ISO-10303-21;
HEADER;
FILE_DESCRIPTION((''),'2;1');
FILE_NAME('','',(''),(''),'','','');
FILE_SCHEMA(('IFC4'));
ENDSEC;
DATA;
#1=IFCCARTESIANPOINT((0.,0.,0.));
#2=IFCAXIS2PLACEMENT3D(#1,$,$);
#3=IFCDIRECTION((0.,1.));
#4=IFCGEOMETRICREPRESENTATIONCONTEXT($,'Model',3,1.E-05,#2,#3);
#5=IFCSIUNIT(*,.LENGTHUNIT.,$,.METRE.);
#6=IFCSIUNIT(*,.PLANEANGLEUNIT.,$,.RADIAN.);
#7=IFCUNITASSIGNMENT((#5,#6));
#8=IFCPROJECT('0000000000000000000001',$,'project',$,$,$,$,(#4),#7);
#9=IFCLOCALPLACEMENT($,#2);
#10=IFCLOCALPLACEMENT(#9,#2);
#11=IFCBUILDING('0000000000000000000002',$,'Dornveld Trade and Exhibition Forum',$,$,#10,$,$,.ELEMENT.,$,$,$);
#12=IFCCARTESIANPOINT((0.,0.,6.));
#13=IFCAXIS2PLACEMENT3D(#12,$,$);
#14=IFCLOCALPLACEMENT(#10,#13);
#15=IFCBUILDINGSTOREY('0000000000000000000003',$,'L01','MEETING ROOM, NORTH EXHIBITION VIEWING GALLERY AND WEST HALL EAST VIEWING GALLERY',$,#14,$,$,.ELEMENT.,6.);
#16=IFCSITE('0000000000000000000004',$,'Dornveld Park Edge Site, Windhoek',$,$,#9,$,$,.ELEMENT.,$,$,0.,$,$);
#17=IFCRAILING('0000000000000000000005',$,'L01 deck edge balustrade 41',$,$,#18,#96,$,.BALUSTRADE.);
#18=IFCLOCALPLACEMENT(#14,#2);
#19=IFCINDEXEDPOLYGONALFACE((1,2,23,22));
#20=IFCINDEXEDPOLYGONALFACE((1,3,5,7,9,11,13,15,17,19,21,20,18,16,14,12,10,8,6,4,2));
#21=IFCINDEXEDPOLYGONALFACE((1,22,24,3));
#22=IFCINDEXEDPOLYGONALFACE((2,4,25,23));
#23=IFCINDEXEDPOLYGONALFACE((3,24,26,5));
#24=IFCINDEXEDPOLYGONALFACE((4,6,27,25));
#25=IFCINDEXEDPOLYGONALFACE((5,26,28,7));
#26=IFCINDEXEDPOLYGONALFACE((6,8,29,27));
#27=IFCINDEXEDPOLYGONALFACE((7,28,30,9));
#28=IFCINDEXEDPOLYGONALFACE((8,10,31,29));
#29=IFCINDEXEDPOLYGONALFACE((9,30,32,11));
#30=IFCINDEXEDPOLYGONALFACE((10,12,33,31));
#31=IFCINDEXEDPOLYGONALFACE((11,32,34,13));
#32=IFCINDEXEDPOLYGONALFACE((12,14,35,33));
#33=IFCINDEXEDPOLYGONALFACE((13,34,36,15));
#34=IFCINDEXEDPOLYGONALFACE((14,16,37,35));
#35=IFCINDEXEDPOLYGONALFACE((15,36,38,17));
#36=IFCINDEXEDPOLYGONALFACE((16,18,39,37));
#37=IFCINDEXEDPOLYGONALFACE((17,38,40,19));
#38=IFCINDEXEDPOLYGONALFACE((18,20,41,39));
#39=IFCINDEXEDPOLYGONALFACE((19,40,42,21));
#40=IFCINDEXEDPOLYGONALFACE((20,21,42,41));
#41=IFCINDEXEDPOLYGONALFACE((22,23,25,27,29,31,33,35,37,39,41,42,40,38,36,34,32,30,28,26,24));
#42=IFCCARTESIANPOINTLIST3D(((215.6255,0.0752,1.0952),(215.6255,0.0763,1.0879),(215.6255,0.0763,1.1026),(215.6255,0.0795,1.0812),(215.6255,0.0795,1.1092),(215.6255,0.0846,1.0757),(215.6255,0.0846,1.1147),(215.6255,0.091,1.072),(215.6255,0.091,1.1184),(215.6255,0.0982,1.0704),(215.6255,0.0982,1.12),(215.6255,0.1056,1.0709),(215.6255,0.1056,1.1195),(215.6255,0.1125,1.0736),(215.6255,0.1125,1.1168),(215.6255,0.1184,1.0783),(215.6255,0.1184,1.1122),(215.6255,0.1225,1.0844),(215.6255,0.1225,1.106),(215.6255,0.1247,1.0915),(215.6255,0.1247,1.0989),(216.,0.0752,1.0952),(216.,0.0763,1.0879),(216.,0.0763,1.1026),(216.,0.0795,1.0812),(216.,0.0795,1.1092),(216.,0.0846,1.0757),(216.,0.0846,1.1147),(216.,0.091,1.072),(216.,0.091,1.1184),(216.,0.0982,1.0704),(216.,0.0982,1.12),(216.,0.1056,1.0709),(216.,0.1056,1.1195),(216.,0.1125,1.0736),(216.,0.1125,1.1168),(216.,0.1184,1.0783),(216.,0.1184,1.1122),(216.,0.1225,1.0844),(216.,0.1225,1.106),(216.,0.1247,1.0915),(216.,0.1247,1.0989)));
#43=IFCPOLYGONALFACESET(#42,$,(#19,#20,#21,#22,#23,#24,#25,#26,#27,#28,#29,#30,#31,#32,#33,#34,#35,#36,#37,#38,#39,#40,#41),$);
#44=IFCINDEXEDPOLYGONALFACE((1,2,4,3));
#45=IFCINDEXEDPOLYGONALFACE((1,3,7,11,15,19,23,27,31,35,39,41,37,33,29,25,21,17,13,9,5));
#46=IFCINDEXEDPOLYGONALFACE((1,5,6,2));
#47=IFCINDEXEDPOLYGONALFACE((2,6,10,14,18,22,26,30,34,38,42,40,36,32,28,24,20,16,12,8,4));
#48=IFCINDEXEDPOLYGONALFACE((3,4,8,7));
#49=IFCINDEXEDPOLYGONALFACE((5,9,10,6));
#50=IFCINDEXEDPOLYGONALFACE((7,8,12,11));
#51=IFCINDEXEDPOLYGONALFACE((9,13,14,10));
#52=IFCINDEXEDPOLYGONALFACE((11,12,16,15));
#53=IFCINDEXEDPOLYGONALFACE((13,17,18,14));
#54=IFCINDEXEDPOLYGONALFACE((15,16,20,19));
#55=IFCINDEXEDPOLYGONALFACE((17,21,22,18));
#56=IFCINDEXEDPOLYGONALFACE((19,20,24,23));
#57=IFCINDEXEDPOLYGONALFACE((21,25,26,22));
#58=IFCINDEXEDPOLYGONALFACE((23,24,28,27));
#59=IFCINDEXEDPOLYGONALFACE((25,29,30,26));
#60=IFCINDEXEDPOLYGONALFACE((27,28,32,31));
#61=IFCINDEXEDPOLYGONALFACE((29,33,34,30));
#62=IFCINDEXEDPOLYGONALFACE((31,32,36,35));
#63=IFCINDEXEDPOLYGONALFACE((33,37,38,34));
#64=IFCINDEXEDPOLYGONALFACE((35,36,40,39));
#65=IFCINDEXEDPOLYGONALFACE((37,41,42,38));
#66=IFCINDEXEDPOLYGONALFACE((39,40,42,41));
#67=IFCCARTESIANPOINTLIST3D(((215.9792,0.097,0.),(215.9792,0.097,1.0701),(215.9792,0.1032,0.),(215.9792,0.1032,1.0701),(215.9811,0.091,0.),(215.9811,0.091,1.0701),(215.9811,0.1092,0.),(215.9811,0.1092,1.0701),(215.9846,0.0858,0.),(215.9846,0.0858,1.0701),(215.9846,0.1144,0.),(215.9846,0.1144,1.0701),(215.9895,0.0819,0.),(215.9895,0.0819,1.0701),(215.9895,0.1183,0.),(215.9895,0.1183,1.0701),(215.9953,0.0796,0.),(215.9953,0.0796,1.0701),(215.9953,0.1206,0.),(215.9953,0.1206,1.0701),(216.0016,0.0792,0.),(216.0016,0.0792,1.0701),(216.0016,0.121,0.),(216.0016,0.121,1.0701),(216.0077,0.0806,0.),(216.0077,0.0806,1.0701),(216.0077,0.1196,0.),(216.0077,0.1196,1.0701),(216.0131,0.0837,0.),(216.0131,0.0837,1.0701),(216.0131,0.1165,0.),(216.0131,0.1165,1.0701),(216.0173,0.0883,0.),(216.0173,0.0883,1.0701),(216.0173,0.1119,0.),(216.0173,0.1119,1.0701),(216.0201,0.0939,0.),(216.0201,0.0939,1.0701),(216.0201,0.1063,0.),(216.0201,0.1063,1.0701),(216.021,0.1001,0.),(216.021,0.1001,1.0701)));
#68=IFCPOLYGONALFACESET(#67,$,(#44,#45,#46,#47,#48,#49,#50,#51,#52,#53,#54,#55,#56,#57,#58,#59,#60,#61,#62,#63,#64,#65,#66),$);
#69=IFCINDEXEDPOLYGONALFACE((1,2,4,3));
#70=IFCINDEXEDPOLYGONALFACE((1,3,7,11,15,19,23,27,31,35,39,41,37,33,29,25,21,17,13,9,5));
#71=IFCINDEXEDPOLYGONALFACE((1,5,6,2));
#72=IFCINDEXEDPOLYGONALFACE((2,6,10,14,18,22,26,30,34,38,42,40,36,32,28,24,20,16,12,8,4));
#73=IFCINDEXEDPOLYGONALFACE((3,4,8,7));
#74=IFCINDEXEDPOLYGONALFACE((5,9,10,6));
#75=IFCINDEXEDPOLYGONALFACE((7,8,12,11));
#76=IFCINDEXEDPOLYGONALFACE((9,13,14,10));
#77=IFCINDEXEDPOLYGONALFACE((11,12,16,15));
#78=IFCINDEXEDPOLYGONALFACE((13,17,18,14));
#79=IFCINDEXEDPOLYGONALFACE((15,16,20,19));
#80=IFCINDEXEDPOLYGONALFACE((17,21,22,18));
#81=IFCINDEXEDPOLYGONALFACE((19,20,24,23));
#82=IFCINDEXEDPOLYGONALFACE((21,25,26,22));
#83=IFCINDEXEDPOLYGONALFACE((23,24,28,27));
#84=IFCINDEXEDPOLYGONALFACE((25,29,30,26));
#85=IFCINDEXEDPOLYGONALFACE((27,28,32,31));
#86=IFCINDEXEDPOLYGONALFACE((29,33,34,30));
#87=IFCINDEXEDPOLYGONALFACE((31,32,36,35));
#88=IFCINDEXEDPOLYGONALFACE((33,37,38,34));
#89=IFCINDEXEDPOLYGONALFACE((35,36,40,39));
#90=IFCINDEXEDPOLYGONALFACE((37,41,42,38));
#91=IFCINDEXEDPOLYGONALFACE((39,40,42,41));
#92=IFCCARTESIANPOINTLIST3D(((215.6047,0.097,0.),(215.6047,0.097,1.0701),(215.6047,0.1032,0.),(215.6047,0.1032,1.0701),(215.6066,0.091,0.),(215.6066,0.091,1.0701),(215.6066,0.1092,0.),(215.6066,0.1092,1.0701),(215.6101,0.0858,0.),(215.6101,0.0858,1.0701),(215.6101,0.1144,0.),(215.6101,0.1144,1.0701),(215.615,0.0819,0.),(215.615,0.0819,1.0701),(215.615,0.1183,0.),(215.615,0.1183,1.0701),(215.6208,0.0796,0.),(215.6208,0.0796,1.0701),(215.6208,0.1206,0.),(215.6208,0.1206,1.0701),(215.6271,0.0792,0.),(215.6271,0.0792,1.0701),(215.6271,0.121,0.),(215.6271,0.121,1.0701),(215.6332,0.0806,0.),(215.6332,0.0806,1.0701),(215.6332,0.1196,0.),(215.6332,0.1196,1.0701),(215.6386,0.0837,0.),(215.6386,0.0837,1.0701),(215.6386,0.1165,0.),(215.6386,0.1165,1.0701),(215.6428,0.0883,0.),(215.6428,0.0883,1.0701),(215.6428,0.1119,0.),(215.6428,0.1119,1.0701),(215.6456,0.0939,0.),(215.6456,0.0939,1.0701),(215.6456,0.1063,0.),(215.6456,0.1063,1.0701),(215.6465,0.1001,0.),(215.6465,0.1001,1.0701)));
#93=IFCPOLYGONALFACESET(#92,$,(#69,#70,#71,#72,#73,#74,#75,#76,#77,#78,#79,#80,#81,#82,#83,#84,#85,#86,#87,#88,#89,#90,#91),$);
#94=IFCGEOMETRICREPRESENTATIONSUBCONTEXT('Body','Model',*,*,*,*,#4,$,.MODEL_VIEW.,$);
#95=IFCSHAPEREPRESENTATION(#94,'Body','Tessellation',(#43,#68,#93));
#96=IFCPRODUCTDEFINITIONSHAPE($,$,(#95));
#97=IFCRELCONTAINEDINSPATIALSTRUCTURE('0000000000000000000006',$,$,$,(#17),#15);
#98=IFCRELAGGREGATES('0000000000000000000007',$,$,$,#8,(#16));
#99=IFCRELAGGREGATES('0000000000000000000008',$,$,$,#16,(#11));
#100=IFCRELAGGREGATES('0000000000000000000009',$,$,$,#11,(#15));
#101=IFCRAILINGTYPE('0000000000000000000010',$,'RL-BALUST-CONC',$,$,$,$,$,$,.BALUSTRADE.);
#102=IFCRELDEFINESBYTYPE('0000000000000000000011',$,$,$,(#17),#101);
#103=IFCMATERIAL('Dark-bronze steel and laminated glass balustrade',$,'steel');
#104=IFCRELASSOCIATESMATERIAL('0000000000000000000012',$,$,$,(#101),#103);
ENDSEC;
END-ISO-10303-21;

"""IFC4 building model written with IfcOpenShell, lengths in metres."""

from ifc_helpers import new_model, si_unit, direction, frame, origin, origin_2d, place, context, subcontext, project, spatial, circle, extrude, material, type_object, element, save


model = new_model("IFC4")

# Units and contexts
model_context = context("Model", 3, precision=1e-05, world=origin(), true_north=direction((0.0, 1.0)))
body_context = subcontext(model_context, "Body", "Model", "MODEL_VIEW")
ifc_project = project(units=[si_unit("LENGTHUNIT", "METRE"), si_unit("PLANEANGLEUNIT", "RADIAN")], contexts=[model_context])

# Site, building, storey
site_placement = place(None, origin())
site = spatial("IfcSite", under=ifc_project, at=site_placement, Name="Dornveld Park Edge Site, Windhoek", CompositionType="ELEMENT", RefElevation=0.0)
building_placement = place(site_placement, origin())
building = spatial("IfcBuilding", under=site, at=building_placement, Name="Dornveld Trade and Exhibition Forum", CompositionType="ELEMENT")
storey_placement = place(building_placement, frame((0.0, 0.0, 6.0)))
storey = spatial("IfcBuildingStorey", under=building, at=storey_placement, Name="L01", Description="MEETING ROOM, NORTH EXHIBITION VIEWING GALLERY AND WEST HALL EAST VIEWING GALLERY", CompositionType="ELEMENT", Elevation=6.0)

# Railing
ifc_material_1 = material(Name="Dark-bronze steel and laminated glass balustrade", Category="steel")
railing_type = type_object("IfcRailingType", Name="RL-BALUST-CONC", PredefinedType="BALUSTRADE", material=ifc_material_1)
railing_1_placement = place(storey_placement, frame((216.0, 0.1001, 0.0)))
element("IfcRailing", 1, at=railing_1_placement, inside=storey, type_object=railing_type, Name="L01 deck edge balustrade 41", PredefinedType="BALUSTRADE", context=body_context, shape_type="SweptSolid", body=[
    extrude(circle(Radius=0.0249, at=origin_2d()), frame((0.0, 0.0, 1.0952), z_axis=(-1.0, 0.0, 0.0), x_axis=(0.0, -1.0, 0.0)), (0.0, 0.0, 1.0), 0.3745),
    extrude(circle(Radius=0.021, at=origin_2d()), origin(), (0.0, 0.0, 1.0), 1.0701),
    extrude(circle(Radius=0.021, at=origin_2d()), frame((-0.3745, 0.0, 0.0)), (0.0, 0.0, 1.0), 1.0701),
])

save(model, "model.ifc")
